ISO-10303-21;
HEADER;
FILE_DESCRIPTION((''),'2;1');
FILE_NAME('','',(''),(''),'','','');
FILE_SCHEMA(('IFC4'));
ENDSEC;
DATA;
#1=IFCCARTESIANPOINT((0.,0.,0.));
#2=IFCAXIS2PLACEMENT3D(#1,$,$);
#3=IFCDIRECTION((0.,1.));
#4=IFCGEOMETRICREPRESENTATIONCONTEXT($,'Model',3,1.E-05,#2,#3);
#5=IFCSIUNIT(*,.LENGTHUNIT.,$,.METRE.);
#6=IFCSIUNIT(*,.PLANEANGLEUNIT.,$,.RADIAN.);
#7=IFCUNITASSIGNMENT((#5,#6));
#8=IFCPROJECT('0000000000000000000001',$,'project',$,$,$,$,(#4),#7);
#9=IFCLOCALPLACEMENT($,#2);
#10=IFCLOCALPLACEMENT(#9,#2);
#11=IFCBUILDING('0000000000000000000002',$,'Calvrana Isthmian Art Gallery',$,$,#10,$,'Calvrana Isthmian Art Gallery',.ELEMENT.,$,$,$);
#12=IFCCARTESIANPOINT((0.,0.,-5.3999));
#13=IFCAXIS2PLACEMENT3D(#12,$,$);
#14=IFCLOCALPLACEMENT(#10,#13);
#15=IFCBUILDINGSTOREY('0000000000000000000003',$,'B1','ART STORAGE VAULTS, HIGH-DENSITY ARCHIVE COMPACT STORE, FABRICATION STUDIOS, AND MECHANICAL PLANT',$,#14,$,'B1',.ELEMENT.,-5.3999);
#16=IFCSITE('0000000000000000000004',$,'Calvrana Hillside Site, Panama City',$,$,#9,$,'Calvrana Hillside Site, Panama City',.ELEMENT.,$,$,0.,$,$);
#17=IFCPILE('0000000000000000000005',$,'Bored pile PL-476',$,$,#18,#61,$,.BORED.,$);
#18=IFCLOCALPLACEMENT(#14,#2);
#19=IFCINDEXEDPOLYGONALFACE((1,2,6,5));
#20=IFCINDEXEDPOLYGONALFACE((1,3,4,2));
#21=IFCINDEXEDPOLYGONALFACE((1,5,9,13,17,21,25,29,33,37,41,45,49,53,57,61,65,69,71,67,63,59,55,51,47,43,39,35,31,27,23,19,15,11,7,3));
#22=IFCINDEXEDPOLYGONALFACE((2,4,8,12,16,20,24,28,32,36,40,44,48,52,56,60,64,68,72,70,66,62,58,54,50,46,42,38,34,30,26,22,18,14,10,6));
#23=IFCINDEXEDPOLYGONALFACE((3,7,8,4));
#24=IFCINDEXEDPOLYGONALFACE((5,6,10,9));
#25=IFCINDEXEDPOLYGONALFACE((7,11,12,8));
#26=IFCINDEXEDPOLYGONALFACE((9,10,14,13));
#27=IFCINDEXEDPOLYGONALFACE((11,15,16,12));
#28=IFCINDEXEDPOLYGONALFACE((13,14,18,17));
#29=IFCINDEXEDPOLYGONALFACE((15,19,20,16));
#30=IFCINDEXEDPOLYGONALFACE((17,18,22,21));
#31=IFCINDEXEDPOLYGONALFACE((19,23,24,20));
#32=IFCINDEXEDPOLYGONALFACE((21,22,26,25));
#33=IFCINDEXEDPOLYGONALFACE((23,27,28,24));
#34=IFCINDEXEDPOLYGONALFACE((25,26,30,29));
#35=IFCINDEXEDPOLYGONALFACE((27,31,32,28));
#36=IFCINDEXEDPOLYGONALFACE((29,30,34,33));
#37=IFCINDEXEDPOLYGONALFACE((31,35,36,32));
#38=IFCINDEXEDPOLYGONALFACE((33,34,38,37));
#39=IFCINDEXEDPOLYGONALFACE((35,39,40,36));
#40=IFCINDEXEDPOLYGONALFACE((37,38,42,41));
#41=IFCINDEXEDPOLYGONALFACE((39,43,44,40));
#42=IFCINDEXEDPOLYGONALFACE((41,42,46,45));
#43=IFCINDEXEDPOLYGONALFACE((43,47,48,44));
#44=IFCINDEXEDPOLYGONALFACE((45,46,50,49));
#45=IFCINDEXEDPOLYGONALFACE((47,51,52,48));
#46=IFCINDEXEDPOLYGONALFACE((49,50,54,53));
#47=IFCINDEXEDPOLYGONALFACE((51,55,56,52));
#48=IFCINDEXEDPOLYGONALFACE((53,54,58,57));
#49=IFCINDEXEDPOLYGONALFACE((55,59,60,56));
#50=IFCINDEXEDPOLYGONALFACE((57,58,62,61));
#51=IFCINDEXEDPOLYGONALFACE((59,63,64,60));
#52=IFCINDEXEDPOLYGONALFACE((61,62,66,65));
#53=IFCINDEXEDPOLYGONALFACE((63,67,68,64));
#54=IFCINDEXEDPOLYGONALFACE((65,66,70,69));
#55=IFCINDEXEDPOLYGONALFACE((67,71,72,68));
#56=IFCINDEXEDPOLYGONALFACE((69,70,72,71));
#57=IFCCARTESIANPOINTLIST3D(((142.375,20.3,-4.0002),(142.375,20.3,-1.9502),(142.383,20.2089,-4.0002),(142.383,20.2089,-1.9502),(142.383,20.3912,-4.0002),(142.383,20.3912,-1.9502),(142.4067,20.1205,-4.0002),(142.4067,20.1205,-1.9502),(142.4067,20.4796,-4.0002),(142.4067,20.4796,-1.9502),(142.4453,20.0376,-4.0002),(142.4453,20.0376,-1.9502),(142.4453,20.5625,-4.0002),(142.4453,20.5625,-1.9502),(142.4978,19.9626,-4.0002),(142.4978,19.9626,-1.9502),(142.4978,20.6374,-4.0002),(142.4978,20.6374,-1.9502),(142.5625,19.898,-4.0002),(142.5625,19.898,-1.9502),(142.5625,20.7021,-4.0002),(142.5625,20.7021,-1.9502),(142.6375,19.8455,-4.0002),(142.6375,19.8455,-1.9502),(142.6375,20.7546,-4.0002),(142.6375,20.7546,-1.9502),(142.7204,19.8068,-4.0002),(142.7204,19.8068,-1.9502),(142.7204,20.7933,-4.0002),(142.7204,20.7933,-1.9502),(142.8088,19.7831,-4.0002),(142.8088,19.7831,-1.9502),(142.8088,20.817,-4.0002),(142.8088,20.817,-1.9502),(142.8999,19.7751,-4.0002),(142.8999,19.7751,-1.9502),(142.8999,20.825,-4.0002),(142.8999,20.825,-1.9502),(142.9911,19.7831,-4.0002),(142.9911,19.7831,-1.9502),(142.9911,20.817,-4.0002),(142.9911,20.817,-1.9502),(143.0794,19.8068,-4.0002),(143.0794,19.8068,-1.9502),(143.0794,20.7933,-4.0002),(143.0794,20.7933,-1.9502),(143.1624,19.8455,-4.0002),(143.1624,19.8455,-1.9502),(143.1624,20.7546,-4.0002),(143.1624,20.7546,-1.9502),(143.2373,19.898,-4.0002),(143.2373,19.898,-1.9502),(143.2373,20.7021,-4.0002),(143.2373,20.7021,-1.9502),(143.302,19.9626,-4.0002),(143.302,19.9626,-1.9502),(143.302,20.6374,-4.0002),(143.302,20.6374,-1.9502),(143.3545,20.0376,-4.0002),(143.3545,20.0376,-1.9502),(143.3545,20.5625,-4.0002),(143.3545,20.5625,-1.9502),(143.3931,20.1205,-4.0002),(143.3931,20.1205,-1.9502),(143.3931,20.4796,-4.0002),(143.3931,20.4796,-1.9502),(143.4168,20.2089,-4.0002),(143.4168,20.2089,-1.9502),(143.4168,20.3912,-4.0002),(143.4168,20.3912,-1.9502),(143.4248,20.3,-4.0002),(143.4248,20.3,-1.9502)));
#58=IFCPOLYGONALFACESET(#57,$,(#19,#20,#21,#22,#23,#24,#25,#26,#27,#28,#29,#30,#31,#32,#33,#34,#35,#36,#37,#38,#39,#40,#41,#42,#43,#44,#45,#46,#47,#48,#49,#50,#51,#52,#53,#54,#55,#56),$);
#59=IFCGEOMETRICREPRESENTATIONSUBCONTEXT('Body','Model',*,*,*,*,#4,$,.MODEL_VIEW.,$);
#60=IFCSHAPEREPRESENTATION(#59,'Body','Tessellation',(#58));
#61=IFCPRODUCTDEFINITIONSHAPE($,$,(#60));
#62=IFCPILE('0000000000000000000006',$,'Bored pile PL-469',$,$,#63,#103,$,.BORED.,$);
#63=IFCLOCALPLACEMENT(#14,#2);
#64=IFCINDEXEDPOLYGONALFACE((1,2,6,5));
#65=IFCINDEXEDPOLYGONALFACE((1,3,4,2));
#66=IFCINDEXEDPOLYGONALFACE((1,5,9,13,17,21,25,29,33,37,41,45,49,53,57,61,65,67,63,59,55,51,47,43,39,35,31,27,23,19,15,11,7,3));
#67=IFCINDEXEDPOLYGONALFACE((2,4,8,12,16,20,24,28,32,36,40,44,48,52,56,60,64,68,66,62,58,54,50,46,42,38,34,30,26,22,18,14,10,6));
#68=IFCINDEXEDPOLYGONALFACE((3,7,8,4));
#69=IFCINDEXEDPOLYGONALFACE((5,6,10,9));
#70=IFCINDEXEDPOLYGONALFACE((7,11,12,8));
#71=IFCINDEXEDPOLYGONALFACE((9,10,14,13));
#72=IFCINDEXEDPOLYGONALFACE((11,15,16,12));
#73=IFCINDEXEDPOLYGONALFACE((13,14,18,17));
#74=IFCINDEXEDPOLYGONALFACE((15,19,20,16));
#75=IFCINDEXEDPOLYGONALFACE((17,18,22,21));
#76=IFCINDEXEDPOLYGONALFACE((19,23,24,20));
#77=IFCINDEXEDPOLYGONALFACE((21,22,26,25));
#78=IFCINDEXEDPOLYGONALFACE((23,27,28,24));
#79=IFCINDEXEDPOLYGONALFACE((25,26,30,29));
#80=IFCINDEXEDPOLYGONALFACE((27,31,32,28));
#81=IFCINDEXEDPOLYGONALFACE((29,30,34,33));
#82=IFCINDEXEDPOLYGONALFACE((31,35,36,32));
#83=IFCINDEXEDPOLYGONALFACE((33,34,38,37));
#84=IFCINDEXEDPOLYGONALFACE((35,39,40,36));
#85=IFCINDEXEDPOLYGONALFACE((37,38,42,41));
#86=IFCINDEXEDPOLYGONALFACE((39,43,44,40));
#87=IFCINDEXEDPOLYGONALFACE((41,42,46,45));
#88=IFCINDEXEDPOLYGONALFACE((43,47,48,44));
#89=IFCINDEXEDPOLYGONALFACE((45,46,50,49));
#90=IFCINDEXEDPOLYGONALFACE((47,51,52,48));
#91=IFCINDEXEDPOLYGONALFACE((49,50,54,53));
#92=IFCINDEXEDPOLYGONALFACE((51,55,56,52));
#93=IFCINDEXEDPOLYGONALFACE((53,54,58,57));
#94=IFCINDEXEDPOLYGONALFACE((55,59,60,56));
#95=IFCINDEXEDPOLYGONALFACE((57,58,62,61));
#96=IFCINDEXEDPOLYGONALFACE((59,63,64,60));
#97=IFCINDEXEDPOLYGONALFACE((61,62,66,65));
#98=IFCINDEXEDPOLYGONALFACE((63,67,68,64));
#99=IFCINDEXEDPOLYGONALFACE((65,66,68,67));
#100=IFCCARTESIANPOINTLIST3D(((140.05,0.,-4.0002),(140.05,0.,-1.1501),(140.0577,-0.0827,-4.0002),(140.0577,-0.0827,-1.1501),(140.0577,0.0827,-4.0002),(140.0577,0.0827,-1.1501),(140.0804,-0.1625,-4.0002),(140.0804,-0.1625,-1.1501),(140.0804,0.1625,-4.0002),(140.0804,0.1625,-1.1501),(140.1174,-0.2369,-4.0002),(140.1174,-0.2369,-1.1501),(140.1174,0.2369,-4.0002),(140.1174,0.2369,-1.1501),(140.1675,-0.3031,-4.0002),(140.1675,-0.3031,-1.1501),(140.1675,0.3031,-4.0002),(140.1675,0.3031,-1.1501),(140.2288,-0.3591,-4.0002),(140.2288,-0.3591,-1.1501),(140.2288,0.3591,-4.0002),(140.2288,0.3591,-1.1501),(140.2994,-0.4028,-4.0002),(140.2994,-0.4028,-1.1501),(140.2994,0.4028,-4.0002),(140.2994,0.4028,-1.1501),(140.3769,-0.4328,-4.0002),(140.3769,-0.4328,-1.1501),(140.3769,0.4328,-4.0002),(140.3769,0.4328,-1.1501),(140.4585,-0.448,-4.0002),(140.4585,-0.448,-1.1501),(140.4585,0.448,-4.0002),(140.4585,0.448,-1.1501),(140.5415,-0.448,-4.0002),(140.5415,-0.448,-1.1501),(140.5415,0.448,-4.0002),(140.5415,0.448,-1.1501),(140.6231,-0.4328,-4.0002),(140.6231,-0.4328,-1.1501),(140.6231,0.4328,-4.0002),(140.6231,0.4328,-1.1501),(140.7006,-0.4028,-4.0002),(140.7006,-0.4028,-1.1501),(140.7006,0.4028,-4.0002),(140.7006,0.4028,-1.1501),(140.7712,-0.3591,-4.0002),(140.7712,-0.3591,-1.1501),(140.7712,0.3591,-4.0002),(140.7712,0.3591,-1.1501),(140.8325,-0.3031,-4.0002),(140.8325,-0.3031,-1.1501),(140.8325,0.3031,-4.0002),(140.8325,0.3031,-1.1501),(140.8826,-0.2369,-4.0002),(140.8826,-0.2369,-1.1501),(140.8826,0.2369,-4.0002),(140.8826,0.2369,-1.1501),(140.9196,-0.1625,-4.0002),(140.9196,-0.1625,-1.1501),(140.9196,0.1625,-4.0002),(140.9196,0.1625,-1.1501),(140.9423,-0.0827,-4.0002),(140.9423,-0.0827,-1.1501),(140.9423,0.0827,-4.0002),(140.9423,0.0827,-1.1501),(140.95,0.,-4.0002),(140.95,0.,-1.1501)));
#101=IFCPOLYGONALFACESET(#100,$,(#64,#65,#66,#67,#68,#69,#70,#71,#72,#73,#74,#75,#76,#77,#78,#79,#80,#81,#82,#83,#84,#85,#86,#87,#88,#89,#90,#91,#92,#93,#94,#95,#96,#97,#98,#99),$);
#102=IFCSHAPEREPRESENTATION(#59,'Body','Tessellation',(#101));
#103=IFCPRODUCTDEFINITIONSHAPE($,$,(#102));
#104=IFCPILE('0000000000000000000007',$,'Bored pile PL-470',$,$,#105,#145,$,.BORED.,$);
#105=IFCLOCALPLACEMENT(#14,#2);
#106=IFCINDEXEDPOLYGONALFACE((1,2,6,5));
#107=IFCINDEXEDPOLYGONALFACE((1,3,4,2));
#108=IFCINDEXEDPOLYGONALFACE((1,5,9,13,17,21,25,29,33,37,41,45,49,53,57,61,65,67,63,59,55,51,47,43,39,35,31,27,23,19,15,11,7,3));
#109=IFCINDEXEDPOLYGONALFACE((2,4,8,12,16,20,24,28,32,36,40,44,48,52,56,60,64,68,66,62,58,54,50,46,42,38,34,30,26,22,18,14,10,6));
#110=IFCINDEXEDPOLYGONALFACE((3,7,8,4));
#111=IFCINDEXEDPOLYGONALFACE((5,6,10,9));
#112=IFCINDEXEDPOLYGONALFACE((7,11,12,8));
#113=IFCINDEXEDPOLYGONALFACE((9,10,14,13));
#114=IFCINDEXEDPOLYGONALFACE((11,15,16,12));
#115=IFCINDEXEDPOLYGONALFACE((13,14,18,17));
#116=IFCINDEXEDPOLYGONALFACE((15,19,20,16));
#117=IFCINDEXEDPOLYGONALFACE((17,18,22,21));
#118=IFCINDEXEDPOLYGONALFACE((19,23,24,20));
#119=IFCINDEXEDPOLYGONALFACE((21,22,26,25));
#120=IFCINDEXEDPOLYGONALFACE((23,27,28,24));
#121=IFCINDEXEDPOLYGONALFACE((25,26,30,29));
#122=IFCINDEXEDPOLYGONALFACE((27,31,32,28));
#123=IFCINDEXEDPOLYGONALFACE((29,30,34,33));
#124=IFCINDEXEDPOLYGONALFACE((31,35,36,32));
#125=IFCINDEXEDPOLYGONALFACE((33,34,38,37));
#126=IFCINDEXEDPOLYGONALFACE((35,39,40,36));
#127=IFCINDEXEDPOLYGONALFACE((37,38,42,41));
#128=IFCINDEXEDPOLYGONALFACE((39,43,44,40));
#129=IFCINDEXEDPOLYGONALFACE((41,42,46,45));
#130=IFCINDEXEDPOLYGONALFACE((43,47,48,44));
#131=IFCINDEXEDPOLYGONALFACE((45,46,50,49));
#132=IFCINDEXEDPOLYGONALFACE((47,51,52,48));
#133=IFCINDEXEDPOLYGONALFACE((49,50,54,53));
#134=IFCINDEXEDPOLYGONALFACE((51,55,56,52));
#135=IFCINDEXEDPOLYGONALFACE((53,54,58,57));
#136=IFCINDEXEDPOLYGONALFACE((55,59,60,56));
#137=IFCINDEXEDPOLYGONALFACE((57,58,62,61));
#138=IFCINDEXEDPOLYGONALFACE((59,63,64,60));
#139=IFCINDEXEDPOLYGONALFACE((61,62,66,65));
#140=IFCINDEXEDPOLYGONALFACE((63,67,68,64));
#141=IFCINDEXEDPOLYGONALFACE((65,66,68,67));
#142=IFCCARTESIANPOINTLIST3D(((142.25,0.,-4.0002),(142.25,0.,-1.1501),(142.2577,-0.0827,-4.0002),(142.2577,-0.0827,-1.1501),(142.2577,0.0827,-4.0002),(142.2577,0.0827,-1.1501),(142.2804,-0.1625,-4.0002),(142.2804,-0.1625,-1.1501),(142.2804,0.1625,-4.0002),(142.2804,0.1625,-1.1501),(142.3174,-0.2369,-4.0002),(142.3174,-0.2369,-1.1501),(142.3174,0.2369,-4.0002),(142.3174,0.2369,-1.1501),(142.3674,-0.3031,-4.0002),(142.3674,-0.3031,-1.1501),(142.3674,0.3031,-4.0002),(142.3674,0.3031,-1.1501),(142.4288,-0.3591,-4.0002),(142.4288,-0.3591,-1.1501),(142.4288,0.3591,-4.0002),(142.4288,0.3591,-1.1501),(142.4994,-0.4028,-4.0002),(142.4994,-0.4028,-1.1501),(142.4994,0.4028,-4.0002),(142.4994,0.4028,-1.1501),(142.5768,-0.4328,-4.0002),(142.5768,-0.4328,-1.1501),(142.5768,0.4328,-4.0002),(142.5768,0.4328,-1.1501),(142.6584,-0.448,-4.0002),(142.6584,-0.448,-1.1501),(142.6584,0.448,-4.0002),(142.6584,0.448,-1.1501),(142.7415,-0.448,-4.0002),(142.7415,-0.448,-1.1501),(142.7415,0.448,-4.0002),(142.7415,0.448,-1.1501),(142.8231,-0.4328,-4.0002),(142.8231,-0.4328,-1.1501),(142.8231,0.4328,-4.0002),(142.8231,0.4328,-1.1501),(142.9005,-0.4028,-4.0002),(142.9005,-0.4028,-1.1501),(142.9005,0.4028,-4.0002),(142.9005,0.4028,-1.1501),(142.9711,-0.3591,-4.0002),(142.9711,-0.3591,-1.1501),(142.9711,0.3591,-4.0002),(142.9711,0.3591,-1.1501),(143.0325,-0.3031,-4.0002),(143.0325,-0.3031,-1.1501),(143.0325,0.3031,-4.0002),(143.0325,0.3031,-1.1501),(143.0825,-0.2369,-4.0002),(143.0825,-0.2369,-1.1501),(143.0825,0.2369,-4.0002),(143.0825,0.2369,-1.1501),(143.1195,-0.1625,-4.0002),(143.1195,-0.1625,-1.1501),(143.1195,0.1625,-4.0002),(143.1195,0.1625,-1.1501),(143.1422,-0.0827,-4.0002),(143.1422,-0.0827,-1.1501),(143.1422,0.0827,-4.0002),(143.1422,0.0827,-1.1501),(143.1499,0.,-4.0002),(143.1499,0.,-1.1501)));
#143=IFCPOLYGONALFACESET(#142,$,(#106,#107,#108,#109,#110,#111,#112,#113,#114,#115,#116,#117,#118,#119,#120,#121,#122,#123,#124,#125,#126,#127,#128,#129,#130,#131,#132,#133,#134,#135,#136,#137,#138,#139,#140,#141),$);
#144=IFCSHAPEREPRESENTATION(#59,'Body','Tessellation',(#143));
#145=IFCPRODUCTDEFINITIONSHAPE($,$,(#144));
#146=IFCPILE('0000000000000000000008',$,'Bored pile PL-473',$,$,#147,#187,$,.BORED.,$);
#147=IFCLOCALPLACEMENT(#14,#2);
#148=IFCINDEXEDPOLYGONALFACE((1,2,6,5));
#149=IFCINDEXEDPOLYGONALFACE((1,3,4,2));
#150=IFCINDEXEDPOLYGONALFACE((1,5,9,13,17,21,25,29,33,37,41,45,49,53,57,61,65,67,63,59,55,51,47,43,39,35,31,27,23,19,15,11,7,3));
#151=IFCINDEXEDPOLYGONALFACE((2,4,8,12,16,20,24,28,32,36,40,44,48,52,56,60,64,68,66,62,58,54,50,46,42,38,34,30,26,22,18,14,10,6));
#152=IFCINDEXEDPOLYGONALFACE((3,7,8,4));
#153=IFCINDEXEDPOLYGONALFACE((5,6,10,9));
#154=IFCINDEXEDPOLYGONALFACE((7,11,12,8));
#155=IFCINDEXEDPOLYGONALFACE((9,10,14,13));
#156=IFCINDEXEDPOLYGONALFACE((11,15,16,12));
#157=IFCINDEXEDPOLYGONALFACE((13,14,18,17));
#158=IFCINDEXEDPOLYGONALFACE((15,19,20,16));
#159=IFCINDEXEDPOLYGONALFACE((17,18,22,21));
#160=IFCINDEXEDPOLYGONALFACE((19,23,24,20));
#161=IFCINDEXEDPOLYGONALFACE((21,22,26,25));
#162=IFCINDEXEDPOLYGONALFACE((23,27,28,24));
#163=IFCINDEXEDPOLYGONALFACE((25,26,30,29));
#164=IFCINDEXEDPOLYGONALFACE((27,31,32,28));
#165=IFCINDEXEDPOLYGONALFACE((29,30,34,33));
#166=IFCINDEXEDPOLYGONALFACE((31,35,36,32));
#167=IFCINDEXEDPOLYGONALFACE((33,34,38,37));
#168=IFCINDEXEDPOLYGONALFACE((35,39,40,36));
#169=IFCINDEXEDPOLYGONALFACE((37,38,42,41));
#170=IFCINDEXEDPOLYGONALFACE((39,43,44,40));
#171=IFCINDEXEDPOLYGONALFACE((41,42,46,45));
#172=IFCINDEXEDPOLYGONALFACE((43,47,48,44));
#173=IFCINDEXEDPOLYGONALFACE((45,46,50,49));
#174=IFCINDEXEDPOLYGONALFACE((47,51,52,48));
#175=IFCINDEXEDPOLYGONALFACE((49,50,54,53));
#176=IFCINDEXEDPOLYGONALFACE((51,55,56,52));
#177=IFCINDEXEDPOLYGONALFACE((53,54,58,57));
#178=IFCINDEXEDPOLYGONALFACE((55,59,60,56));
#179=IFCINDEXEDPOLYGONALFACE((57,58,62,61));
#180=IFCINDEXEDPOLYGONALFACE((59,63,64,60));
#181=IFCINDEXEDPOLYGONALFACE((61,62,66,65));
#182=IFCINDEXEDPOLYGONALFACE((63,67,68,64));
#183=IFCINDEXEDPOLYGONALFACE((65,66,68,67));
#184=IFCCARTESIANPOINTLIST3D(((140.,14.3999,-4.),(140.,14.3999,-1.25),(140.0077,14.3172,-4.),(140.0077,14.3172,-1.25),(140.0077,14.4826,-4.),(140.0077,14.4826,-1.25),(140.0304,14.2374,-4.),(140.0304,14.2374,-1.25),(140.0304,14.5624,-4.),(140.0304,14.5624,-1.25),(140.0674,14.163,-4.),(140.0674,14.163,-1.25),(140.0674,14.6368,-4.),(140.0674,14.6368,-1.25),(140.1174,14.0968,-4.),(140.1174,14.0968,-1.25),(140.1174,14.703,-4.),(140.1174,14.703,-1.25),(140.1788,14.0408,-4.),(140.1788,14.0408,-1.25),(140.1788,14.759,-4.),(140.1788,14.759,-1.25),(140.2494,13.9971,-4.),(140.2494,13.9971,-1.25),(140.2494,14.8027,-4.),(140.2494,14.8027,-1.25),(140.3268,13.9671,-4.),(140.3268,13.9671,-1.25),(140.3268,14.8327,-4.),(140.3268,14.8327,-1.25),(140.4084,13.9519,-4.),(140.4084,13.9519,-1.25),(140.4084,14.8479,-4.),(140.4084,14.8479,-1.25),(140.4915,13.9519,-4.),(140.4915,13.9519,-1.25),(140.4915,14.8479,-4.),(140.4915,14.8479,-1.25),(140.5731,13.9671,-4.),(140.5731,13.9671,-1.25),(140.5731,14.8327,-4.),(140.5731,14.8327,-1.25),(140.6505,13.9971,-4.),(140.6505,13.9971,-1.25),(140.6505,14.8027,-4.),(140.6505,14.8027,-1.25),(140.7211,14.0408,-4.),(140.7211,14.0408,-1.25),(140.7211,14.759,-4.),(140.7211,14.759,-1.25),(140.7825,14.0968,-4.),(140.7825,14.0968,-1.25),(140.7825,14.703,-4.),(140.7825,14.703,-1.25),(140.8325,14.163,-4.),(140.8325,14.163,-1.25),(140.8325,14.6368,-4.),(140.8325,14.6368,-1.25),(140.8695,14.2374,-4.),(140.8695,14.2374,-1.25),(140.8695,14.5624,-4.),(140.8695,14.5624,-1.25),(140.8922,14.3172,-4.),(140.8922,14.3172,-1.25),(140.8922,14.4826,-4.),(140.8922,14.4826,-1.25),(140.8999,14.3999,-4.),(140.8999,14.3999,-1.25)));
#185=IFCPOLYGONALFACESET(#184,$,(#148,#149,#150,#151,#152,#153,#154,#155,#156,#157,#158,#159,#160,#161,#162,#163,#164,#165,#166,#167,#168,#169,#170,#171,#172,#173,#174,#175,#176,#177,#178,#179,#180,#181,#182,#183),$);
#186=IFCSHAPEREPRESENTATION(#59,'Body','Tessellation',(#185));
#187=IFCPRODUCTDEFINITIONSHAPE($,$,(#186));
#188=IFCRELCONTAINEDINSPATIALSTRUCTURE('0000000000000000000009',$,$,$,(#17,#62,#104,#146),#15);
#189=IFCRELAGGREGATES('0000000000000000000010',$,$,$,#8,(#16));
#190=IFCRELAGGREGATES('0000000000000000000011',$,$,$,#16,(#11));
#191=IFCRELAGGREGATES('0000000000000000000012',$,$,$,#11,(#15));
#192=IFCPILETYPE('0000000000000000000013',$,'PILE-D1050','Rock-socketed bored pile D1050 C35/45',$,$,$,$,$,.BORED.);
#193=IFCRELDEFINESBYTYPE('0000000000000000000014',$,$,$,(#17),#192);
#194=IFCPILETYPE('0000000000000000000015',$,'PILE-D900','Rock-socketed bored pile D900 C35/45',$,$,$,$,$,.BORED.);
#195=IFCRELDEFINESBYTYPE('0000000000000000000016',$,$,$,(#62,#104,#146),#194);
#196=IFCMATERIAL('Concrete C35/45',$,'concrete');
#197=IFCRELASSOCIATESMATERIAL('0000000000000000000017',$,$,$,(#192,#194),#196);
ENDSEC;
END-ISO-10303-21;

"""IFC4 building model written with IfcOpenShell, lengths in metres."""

from ifc_helpers import new_model, si_unit, direction, frame, origin, origin_2d, place, context, subcontext, project, spatial, circle, extrude, material, material_profile, profile_set, type_object, element, save


model = new_model("IFC4")

# Units and contexts
model_context = context("Model", 3, precision=1e-05, world=origin(), true_north=direction((0.0, 1.0)))
body_context = subcontext(model_context, "Body", "Model", "MODEL_VIEW")
ifc_project = project(units=[si_unit("LENGTHUNIT", "METRE"), si_unit("PLANEANGLEUNIT", "RADIAN")], contexts=[model_context])

# Site, building, storey
site_placement = place(None, origin())
site = spatial("IfcSite", under=ifc_project, at=site_placement, Name="Calvrana Hillside Site, Panama City", LongName="Calvrana Hillside Site, Panama City", CompositionType="ELEMENT", RefElevation=0.0)
building_placement = place(site_placement, origin())
building = spatial("IfcBuilding", under=site, at=building_placement, Name="Calvrana Isthmian Art Gallery", LongName="Calvrana Isthmian Art Gallery", CompositionType="ELEMENT")
storey_placement = place(building_placement, frame((0.0, 0.0, -5.3999)))
storey = spatial("IfcBuildingStorey", under=building, at=storey_placement, Name="B1", Description="ART STORAGE VAULTS, HIGH-DENSITY ARCHIVE COMPACT STORE, FABRICATION STUDIOS, AND MECHANICAL PLANT", LongName="B1", CompositionType="ELEMENT", Elevation=-5.3999)

# Shared definitions
ifc_material_1 = material(Name="Concrete C35/45", Category="concrete")

# Piles
ifc_material_profile_1 = material_profile(ifc_material_1, circle(Radius=0.5249, at=origin_2d()), Name="PILE1050D")
ifc_profile_set_1 = profile_set([ifc_material_profile_1], Name="Concrete C35/45")
pile_type_1 = type_object("IfcPileType", Name="PILE-D1050", Description="Rock-socketed bored pile D1050 C35/45", PredefinedType="BORED", material=ifc_profile_set_1)
pile_placement = place(storey_placement, frame((142.8999, 20.3, -1.9502), z_axis=(0.0, 0.0, -1.0), x_axis=(1.0, 0.0, 0.0)))
element("IfcPile", 1, at=pile_placement, inside=storey, type_object=pile_type_1, Name="Bored pile PL-476", PredefinedType="BORED", context=body_context, shape_type="SweptSolid", body=[
    extrude(circle(Radius=0.5249, at=origin_2d()), origin(), (0.0, 0.0, 1.0), 2.05),
])
ifc_material_profile_2 = material_profile(ifc_material_1, circle(Radius=0.45, at=origin_2d()), Name="PILE900D")
ifc_profile_set_2 = profile_set([ifc_material_profile_2], Name="Concrete C35/45")
pile_type_2 = type_object("IfcPileType", Name="PILE-D900", Description="Rock-socketed bored pile D900 C35/45", PredefinedType="BORED", material=ifc_profile_set_2)
for number, where, z_axis, x_axis, name in (
    (2, (140.5, 0.0, -1.1501), (0.0, 0.0, -1.0), (1.0, 0.0, 0.0), "Bored pile PL-469"),
    (3, (142.7, 0.0, -1.1501), (0.0, 0.0, -1.0), (1.0, 0.0, 0.0), "Bored pile PL-470"),
):
    element("IfcPile", number, at=place(storey_placement, frame(where, z_axis=z_axis, x_axis=x_axis)), inside=storey, type_object=pile_type_2, Name=name, PredefinedType="BORED", context=body_context, shape_type="SweptSolid", body=[
        extrude(circle(Radius=0.45, at=origin_2d()), origin(), (0.0, 0.0, 1.0), 2.8501),
    ])
for number, where, z_axis, x_axis, name in (
    (4, (140.45, 14.3999, -1.25), (0.0, 0.0, -1.0), (1.0, 0.0, 0.0), "Bored pile PL-473"),
):
    element("IfcPile", number, at=place(storey_placement, frame(where, z_axis=z_axis, x_axis=x_axis)), inside=storey, type_object=pile_type_2, Name=name, PredefinedType="BORED", context=body_context, shape_type="SweptSolid", body=[
        extrude(circle(Radius=0.45, at=origin_2d()), origin(), (0.0, 0.0, 1.0), 2.75),
    ])

save(model, "model.ifc")
